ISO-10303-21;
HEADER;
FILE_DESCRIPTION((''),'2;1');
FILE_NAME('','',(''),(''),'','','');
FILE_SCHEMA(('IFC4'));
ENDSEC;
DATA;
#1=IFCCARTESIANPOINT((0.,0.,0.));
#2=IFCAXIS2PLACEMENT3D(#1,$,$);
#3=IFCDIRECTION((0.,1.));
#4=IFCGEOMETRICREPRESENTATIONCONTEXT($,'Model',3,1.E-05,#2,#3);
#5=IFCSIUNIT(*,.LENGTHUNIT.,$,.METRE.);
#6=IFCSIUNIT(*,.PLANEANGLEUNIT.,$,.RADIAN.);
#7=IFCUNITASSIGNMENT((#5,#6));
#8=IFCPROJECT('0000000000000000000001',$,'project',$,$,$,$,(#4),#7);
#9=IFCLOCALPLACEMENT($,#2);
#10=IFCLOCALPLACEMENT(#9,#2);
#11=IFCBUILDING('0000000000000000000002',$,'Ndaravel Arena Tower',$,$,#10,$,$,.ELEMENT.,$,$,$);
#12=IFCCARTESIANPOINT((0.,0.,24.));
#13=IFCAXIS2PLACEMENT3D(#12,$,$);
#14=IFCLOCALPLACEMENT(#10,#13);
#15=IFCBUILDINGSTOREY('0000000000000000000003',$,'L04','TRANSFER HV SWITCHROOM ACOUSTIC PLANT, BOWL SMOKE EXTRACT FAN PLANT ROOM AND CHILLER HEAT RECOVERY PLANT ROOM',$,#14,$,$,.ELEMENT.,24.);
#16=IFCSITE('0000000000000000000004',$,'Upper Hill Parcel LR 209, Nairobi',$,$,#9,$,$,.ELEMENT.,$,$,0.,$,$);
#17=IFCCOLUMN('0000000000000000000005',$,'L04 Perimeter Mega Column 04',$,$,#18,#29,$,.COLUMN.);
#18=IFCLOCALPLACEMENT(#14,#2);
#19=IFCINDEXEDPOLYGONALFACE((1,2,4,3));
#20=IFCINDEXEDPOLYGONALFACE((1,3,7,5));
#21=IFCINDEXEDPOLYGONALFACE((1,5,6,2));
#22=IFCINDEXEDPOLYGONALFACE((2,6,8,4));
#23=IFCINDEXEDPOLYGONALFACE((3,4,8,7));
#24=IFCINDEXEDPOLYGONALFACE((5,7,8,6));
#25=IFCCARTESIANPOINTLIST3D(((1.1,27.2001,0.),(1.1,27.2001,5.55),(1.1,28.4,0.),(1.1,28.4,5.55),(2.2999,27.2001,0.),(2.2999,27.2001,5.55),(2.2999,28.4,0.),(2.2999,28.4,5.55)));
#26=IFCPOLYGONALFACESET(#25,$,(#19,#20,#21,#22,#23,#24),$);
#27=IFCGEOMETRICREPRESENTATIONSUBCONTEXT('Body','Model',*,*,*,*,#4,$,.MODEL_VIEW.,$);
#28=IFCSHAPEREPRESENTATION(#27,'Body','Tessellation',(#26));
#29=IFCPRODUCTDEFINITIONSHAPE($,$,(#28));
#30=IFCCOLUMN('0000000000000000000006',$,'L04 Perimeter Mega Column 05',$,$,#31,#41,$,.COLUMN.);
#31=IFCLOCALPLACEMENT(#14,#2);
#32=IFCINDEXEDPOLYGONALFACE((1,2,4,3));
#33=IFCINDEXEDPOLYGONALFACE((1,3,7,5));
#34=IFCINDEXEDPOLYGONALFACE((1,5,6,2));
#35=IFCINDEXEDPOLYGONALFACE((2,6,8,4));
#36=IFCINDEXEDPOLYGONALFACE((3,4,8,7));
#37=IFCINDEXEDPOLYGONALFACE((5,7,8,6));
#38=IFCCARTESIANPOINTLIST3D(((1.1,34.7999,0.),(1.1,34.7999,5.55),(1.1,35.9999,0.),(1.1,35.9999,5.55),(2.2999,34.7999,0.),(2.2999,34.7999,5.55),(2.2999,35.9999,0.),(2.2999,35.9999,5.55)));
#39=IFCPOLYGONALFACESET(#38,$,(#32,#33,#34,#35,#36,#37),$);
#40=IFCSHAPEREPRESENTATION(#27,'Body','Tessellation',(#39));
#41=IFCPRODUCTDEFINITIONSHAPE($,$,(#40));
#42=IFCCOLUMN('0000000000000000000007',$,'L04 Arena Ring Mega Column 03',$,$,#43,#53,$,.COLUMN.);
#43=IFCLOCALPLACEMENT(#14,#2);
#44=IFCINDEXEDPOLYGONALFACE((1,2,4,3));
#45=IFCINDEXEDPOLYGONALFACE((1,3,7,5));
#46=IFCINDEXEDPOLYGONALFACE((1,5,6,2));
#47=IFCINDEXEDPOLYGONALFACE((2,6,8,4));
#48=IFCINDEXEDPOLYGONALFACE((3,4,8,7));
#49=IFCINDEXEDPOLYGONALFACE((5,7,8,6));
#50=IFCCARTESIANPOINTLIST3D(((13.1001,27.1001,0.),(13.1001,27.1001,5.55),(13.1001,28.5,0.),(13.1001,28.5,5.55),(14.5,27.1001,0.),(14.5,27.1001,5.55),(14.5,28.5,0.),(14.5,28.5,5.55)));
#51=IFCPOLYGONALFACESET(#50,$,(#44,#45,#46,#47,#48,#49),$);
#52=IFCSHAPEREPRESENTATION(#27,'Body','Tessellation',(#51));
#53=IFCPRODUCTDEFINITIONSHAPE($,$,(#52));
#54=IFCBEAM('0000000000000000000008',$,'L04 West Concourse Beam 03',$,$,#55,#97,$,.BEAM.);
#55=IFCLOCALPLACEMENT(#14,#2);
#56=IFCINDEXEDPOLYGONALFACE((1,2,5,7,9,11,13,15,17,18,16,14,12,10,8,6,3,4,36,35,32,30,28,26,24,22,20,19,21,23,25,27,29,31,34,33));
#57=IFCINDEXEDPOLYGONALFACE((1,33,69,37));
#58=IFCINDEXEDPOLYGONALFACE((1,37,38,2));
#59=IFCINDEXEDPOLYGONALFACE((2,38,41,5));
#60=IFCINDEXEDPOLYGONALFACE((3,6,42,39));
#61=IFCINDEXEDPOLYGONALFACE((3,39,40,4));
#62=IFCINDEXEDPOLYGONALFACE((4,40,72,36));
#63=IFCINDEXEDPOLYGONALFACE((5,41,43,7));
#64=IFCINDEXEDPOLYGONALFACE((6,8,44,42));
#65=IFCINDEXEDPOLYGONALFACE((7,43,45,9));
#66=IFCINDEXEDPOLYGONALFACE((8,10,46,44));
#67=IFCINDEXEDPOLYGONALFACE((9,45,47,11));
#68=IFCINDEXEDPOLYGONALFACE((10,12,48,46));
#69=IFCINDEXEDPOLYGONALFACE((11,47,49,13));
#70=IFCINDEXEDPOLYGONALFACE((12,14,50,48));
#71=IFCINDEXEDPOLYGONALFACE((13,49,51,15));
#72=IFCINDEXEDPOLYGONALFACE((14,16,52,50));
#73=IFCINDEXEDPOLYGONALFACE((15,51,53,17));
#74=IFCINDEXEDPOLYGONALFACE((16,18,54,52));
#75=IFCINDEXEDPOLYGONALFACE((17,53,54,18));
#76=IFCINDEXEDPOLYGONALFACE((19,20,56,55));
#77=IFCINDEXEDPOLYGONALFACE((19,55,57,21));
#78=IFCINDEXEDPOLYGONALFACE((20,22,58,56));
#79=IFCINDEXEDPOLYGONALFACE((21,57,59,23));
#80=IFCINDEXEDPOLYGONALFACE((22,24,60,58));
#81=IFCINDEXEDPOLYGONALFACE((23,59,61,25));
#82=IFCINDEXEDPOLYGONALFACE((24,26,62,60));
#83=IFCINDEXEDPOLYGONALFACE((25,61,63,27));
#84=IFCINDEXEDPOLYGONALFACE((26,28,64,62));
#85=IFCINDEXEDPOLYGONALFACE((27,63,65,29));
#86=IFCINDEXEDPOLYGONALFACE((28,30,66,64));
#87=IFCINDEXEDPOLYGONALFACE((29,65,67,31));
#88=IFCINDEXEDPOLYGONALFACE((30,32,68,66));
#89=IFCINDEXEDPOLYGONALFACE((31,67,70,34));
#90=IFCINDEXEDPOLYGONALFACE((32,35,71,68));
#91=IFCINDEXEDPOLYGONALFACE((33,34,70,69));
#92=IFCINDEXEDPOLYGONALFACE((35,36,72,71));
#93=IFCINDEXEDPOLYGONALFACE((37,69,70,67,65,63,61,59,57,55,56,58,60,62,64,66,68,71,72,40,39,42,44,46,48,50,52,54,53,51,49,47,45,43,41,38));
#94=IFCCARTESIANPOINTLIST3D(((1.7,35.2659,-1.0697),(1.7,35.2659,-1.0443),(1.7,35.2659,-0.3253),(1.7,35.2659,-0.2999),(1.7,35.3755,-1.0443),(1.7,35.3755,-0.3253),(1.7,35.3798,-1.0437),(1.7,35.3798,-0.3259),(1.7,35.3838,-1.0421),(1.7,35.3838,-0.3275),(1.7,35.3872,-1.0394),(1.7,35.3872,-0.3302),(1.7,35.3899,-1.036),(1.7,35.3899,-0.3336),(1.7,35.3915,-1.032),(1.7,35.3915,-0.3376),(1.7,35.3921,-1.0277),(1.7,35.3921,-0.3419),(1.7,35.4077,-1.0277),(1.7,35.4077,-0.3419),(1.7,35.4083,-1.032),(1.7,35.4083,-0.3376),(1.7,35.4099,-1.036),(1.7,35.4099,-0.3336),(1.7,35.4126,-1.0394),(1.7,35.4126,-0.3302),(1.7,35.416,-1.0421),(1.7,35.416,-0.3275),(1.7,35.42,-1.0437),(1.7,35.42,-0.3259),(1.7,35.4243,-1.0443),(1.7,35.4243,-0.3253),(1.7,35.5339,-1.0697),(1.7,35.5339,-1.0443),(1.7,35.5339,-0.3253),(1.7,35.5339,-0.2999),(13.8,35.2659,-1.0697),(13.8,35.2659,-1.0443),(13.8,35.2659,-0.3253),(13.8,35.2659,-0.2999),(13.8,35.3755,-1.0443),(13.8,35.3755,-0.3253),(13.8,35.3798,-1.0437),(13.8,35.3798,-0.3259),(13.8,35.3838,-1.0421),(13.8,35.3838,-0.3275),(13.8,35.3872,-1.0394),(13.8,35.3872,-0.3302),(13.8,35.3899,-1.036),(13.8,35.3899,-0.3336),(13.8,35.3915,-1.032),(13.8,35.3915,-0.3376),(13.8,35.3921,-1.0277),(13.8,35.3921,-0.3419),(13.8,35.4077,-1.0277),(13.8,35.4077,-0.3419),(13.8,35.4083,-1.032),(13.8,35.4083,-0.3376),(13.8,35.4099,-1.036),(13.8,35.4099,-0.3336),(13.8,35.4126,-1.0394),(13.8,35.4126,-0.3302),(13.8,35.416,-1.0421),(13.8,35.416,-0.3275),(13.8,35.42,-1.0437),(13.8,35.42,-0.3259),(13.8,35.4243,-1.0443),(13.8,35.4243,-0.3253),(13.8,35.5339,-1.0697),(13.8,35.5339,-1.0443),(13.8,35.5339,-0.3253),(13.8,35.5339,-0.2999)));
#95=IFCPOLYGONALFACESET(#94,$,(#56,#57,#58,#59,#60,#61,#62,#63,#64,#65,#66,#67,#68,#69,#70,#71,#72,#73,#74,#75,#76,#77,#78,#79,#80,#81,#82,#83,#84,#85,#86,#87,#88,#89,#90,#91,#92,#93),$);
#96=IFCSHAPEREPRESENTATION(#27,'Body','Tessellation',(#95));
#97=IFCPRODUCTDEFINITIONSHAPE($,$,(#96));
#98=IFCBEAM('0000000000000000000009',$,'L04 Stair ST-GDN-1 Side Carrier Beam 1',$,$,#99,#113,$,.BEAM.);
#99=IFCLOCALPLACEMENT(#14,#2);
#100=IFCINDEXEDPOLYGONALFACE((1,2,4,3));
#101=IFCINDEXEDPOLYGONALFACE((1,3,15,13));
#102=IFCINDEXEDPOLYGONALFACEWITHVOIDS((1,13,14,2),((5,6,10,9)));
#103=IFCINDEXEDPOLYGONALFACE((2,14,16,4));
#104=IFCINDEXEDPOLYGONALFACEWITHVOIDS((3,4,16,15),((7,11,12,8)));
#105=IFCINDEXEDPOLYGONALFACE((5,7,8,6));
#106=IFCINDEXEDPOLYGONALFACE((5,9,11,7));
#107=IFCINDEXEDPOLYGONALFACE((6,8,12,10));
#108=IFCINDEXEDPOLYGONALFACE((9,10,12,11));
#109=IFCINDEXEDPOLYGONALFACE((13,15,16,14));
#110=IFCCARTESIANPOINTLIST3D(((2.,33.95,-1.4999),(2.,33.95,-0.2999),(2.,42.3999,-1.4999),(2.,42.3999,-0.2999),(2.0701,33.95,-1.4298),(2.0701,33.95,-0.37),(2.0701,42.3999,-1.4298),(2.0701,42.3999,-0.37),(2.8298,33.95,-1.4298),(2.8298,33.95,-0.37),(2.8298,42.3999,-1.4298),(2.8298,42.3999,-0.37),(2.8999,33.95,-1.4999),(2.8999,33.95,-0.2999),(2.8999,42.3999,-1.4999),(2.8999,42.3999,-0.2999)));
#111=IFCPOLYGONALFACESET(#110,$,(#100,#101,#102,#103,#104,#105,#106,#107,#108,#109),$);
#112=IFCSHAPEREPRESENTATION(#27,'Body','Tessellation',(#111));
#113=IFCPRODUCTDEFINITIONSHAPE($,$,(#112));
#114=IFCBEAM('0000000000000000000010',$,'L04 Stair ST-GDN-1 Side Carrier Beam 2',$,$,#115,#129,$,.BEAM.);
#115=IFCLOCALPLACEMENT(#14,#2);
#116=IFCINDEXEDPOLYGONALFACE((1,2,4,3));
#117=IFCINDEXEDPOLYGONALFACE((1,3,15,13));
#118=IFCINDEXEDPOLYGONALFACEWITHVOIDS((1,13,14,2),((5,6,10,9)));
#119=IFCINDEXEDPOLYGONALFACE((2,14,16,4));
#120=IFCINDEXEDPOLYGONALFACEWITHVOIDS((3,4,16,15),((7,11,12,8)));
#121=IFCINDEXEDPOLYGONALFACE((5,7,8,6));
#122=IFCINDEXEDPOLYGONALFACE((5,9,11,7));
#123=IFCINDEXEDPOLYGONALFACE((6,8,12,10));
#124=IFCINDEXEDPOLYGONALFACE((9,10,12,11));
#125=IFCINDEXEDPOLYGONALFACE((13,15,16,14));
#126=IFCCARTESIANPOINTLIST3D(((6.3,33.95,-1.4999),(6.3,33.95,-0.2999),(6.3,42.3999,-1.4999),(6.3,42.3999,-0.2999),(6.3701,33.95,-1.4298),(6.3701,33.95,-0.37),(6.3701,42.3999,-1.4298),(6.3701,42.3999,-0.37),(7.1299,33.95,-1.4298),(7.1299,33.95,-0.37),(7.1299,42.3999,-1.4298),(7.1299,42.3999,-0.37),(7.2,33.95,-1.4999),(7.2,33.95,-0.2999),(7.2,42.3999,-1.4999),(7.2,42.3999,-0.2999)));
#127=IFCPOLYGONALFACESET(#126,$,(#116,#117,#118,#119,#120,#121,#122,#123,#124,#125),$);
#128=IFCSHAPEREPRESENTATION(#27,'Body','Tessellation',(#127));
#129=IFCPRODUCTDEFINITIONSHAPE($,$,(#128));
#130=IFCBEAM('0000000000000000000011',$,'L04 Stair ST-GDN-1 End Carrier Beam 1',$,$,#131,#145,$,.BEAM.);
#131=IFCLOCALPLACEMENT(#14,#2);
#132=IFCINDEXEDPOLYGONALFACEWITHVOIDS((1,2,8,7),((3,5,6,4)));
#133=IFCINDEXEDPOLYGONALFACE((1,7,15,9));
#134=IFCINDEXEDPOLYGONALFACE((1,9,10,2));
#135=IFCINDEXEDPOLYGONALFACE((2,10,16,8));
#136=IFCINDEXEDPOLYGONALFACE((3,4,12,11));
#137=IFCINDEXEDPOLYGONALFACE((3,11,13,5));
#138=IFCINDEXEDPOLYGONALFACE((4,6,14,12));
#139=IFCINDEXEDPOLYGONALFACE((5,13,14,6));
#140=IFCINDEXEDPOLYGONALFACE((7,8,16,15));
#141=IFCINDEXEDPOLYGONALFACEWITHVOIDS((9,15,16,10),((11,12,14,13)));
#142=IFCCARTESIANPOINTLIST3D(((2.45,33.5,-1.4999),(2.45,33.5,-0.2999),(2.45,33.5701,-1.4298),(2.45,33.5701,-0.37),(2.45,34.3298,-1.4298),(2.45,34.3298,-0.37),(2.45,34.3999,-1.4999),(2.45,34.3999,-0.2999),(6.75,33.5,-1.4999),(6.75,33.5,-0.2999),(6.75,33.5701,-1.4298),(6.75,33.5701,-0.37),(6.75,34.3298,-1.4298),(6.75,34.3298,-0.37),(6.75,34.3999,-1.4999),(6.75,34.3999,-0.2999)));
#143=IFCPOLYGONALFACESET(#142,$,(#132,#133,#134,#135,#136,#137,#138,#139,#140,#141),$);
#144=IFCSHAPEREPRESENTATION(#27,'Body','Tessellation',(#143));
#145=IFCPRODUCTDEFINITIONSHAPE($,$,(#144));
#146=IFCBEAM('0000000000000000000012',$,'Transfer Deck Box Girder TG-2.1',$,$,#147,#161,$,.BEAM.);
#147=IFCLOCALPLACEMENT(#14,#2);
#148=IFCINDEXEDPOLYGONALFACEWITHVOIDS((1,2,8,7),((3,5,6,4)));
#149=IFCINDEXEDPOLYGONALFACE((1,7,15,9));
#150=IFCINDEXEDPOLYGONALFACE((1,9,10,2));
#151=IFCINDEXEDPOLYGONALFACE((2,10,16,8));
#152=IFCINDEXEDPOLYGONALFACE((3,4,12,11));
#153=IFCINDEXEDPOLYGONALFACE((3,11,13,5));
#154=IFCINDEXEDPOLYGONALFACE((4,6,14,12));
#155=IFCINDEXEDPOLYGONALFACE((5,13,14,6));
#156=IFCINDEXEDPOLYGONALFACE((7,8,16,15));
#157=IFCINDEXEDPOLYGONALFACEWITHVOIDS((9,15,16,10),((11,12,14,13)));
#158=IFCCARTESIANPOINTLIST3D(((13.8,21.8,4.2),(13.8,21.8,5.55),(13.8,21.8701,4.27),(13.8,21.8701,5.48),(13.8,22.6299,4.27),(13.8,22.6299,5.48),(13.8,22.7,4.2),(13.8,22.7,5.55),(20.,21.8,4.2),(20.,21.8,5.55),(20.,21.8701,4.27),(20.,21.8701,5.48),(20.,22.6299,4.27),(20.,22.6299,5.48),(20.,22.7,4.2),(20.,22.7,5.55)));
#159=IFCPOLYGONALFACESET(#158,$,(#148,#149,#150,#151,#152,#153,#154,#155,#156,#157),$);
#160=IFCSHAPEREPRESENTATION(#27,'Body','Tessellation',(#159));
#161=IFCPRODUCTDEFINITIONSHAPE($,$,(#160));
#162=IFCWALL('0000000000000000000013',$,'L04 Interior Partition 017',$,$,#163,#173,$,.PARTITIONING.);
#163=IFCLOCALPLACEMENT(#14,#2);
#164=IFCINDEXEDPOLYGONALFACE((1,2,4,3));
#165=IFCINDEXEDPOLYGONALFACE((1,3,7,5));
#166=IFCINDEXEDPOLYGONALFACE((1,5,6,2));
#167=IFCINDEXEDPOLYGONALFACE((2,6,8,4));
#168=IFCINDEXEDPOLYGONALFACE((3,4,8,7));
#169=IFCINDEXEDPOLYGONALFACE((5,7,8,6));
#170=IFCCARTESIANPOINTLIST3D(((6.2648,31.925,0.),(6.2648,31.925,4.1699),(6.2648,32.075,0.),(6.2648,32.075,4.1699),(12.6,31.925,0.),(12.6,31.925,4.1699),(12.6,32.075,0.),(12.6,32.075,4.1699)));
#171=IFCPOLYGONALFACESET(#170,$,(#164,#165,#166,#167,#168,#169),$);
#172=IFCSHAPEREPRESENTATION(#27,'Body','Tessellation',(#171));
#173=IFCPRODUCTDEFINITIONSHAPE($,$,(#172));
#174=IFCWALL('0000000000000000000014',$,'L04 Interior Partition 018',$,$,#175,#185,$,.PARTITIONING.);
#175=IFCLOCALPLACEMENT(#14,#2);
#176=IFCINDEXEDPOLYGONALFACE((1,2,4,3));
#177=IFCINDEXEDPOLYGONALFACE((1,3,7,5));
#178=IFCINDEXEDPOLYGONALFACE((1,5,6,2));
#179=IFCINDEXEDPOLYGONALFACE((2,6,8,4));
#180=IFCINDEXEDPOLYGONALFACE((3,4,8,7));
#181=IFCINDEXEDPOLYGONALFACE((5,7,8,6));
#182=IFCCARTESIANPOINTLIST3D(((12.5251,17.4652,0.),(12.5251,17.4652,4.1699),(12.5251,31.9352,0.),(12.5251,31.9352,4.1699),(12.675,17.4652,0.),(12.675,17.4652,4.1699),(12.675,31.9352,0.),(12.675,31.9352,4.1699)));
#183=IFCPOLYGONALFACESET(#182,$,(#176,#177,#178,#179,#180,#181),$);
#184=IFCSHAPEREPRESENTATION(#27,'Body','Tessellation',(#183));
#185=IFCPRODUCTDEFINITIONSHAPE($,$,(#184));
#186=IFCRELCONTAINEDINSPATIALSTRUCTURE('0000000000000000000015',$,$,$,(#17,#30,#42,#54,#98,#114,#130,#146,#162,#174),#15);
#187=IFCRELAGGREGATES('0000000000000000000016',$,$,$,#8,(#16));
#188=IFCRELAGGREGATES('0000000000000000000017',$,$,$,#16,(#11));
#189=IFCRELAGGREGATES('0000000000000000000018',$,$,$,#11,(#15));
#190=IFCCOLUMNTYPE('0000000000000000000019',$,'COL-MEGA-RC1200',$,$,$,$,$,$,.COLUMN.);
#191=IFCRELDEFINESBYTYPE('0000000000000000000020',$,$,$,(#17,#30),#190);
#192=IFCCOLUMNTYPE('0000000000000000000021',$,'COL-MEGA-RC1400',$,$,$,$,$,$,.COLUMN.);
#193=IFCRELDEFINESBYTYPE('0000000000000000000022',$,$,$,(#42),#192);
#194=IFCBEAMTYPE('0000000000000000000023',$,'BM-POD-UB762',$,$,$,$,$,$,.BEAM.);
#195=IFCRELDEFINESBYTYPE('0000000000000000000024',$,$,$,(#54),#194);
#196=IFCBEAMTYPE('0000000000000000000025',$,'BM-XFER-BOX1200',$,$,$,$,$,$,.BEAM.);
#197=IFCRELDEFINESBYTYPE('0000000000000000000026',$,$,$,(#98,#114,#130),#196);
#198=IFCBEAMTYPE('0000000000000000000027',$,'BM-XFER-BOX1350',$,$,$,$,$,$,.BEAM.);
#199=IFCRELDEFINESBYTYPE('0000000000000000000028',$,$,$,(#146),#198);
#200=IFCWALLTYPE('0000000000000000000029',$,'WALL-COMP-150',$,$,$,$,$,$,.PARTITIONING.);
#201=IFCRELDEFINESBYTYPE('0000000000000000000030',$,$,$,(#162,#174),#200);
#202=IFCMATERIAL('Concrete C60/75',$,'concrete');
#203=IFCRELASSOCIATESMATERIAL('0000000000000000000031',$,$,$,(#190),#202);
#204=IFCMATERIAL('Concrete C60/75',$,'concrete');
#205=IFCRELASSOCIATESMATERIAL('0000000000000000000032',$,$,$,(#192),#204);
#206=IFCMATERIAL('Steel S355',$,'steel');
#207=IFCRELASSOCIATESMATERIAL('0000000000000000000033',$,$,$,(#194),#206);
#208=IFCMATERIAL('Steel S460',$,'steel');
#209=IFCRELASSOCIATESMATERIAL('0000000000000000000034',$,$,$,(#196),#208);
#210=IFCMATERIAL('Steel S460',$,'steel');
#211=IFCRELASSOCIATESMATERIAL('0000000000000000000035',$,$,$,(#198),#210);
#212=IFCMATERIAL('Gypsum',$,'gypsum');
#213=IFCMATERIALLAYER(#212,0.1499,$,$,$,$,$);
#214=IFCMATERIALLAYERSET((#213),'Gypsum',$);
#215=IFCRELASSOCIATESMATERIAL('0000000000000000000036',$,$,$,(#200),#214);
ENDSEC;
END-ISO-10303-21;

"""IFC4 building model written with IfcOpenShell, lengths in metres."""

from ifc_helpers import new_model, si_unit, direction, frame, frame_2d, origin, origin_2d, place, context, subcontext, project, spatial, rectangle, hollow_rectangle, i_section, extrude, material, layer, layer_set, material_profile, profile_set, type_object, element, save


model = new_model("IFC4")

# Units and contexts
model_context = context("Model", 3, precision=1e-05, world=origin(), true_north=direction((0.0, 1.0)))
body_context = subcontext(model_context, "Body", "Model", "MODEL_VIEW")
ifc_project = project(units=[si_unit("LENGTHUNIT", "METRE"), si_unit("PLANEANGLEUNIT", "RADIAN")], contexts=[model_context])

# Site, building, storey
site_placement = place(None, origin())
site = spatial("IfcSite", under=ifc_project, at=site_placement, Name="Upper Hill Parcel LR 209, Nairobi", CompositionType="ELEMENT", RefElevation=0.0)
building_placement = place(site_placement, origin())
building = spatial("IfcBuilding", under=site, at=building_placement, Name="Ndaravel Arena Tower", CompositionType="ELEMENT")
storey_placement = place(building_placement, frame((0.0, 0.0, 24.0)))
storey = spatial("IfcBuildingStorey", under=building, at=storey_placement, Name="L04", Description="TRANSFER HV SWITCHROOM ACOUSTIC PLANT, BOWL SMOKE EXTRACT FAN PLANT ROOM AND CHILLER HEAT RECOVERY PLANT ROOM", CompositionType="ELEMENT", Elevation=24.0)

# Columns
ifc_material_1 = material(Name="Concrete C60/75", Category="concrete")
ifc_material_profile_1 = material_profile(ifc_material_1, rectangle(XDim=1.2, YDim=1.2, at=origin_2d()), Name="RC 1200x1200")
ifc_profile_set_1 = profile_set([ifc_material_profile_1], Name="Concrete C60/75")
column_type_1 = type_object("IfcColumnType", Name="COL-MEGA-RC1200", PredefinedType="COLUMN", material=ifc_profile_set_1)
for number, where, z_axis, x_axis, name in (
    (1, (1.7, 27.8, 0.0), (0.0, 0.0, 1.0), (1.0, 0.0, 0.0), "L04 Perimeter Mega Column 04"),
    (2, (1.7, 35.3999, 0.0), (0.0, 0.0, 1.0), (1.0, 0.0, 0.0), "L04 Perimeter Mega Column 05"),
):
    element("IfcColumn", number, at=place(storey_placement, frame(where, z_axis=z_axis, x_axis=x_axis)), inside=storey, type_object=column_type_1, Name=name, PredefinedType="COLUMN", context=body_context, shape_type="SweptSolid", body=[
        extrude(rectangle(XDim=1.2, YDim=1.2, at=origin_2d()), origin(), (0.0, 0.0, 1.0), 5.55),
    ])
ifc_material_2 = material(Name="Concrete C60/75", Category="concrete")
ifc_material_profile_2 = material_profile(ifc_material_2, rectangle(XDim=1.3999, YDim=1.3999, at=origin_2d()), Name="RC 1400x1400")
ifc_profile_set_2 = profile_set([ifc_material_profile_2], Name="Concrete C60/75")
column_type_2 = type_object("IfcColumnType", Name="COL-MEGA-RC1400", PredefinedType="COLUMN", material=ifc_profile_set_2)
column_placement = place(storey_placement, frame((13.8, 27.8, 0.0), z_axis=(0.0, 0.0, 1.0), x_axis=(1.0, 0.0, 0.0)))
element("IfcColumn", 3, at=column_placement, inside=storey, type_object=column_type_2, Name="L04 Arena Ring Mega Column 03", PredefinedType="COLUMN", context=body_context, shape_type="SweptSolid", body=[
    extrude(rectangle(XDim=1.3999, YDim=1.3999, at=origin_2d()), origin(), (0.0, 0.0, 1.0), 5.55),
])

# Beams
ifc_material_3 = material(Name="Steel S355", Category="steel")
ifc_material_profile_3 = material_profile(ifc_material_3, i_section(OverallWidth=0.2681, OverallDepth=0.7698, WebThickness=0.0156, FlangeThickness=0.0254, FilletRadius=0.0166, at=origin_2d()), Name="UB 762x267x197")
ifc_profile_set_3 = profile_set([ifc_material_profile_3], Name="Steel S355")
beam_type_1 = type_object("IfcBeamType", Name="BM-POD-UB762", PredefinedType="BEAM", material=ifc_profile_set_3)
beam_1_placement = place(storey_placement, frame((1.7, 35.3999, -0.6848), z_axis=(1.0, 0.0, 0.0), x_axis=(0.0, 1.0, 0.0)))
element("IfcBeam", 4, at=beam_1_placement, inside=storey, type_object=beam_type_1, Name="L04 West Concourse Beam 03", PredefinedType="BEAM", context=body_context, shape_type="SweptSolid", body=[
    extrude(i_section(OverallWidth=0.2681, OverallDepth=0.7698, WebThickness=0.0156, FlangeThickness=0.0254, FilletRadius=0.0166, at=origin_2d()), origin(), (0.0, 0.0, 1.0), 12.1001),
])
ifc_material_4 = material(Name="Steel S460", Category="steel")
ifc_material_profile_4 = material_profile(ifc_material_4, hollow_rectangle(XDim=0.8999, YDim=1.2, WallThickness=0.0701, at=origin_2d()), Name="BOX 1200x900x70")
ifc_profile_set_4 = profile_set([ifc_material_profile_4], Name="Steel S460")
beam_type_2 = type_object("IfcBeamType", Name="BM-XFER-BOX1200", PredefinedType="BEAM", material=ifc_profile_set_4)
for number, where, z_axis, x_axis, name in (
    (5, (2.45, 33.95, -0.8999), (0.0, 1.0, 0.0), (-1.0, 0.0, 0.0), "L04 Stair ST-GDN-1 Side Carrier Beam 1"),
    (6, (6.75, 33.95, -0.8999), (0.0, 1.0, 0.0), (-1.0, 0.0, 0.0), "L04 Stair ST-GDN-1 Side Carrier Beam 2"),
):
    element("IfcBeam", number, at=place(storey_placement, frame(where, z_axis=z_axis, x_axis=x_axis)), inside=storey, type_object=beam_type_2, Name=name, PredefinedType="BEAM", context=body_context, shape_type="SweptSolid", body=[
        extrude(hollow_rectangle(XDim=0.8999, YDim=1.2, WallThickness=0.0701, at=origin_2d()), origin(), (0.0, 0.0, 1.0), 8.45),
    ])
beam_2_placement = place(storey_placement, frame((2.45, 33.95, -0.8999), z_axis=(1.0, 0.0, 0.0), x_axis=(0.0, 1.0, 0.0)))
element("IfcBeam", 7, at=beam_2_placement, inside=storey, type_object=beam_type_2, Name="L04 Stair ST-GDN-1 End Carrier Beam 1", PredefinedType="BEAM", context=body_context, shape_type="SweptSolid", body=[
    extrude(hollow_rectangle(XDim=0.8999, YDim=1.2, WallThickness=0.0701, at=origin_2d()), origin(), (0.0, 0.0, 1.0), 4.3),
])
ifc_material_5 = material(Name="Steel S460", Category="steel")
ifc_material_profile_5 = material_profile(ifc_material_5, hollow_rectangle(XDim=0.8999, YDim=1.3501, WallThickness=0.0701, at=origin_2d()), Name="BOX 1350x900x70")
ifc_profile_set_5 = profile_set([ifc_material_profile_5], Name="Steel S460")
beam_type_3 = type_object("IfcBeamType", Name="BM-XFER-BOX1350", PredefinedType="BEAM", material=ifc_profile_set_5)
beam_3_placement = place(storey_placement, frame((13.8, 22.25, 4.875), z_axis=(1.0, 0.0, 0.0), x_axis=(0.0, 1.0, 0.0)))
element("IfcBeam", 8, at=beam_3_placement, inside=storey, type_object=beam_type_3, Name="Transfer Deck Box Girder TG-2.1", PredefinedType="BEAM", context=body_context, shape_type="SweptSolid", body=[
    extrude(hollow_rectangle(XDim=0.8999, YDim=1.3501, WallThickness=0.0701, at=origin_2d()), origin(), (0.0, 0.0, 1.0), 6.2),
])

# Walls
ifc_material_6 = material(Name="Gypsum", Category="gypsum")
ifc_layer_1 = layer(ifc_material_6, 0.1499)
ifc_layer_set_1 = layer_set([ifc_layer_1], Name="Gypsum")
wall_type_1 = type_object("IfcWallType", Name="WALL-COMP-150", PredefinedType="PARTITIONING", material=ifc_layer_set_1)
wall_1_placement = place(storey_placement, frame((6.2649, 32.0, 0.0), z_axis=(0.0, 0.0, 1.0), x_axis=(1.0, 0.0, 0.0)))
element("IfcWall", 9, at=wall_1_placement, inside=storey, type_object=wall_type_1, Name="L04 Interior Partition 017", PredefinedType="PARTITIONING", context=body_context, shape_type="SweptSolid", body=[
    extrude(rectangle(XDim=6.3352, YDim=0.1499, at=frame_2d((3.1675, 0.0))), origin(), (0.0, 0.0, 1.0), 4.1699),
])
wall_2_placement = place(storey_placement, frame((12.6001, 31.9351, 0.0), z_axis=(0.0, 0.0, 1.0), x_axis=(0.0, -1.0, 0.0)))
element("IfcWall", 10, at=wall_2_placement, inside=storey, type_object=wall_type_1, Name="L04 Interior Partition 018", PredefinedType="PARTITIONING", context=body_context, shape_type="SweptSolid", body=[
    extrude(rectangle(XDim=14.47, YDim=0.1499, at=frame_2d((7.2349, 0.0))), origin(), (0.0, 0.0, 1.0), 4.1699),
])

save(model, "model.ifc")
